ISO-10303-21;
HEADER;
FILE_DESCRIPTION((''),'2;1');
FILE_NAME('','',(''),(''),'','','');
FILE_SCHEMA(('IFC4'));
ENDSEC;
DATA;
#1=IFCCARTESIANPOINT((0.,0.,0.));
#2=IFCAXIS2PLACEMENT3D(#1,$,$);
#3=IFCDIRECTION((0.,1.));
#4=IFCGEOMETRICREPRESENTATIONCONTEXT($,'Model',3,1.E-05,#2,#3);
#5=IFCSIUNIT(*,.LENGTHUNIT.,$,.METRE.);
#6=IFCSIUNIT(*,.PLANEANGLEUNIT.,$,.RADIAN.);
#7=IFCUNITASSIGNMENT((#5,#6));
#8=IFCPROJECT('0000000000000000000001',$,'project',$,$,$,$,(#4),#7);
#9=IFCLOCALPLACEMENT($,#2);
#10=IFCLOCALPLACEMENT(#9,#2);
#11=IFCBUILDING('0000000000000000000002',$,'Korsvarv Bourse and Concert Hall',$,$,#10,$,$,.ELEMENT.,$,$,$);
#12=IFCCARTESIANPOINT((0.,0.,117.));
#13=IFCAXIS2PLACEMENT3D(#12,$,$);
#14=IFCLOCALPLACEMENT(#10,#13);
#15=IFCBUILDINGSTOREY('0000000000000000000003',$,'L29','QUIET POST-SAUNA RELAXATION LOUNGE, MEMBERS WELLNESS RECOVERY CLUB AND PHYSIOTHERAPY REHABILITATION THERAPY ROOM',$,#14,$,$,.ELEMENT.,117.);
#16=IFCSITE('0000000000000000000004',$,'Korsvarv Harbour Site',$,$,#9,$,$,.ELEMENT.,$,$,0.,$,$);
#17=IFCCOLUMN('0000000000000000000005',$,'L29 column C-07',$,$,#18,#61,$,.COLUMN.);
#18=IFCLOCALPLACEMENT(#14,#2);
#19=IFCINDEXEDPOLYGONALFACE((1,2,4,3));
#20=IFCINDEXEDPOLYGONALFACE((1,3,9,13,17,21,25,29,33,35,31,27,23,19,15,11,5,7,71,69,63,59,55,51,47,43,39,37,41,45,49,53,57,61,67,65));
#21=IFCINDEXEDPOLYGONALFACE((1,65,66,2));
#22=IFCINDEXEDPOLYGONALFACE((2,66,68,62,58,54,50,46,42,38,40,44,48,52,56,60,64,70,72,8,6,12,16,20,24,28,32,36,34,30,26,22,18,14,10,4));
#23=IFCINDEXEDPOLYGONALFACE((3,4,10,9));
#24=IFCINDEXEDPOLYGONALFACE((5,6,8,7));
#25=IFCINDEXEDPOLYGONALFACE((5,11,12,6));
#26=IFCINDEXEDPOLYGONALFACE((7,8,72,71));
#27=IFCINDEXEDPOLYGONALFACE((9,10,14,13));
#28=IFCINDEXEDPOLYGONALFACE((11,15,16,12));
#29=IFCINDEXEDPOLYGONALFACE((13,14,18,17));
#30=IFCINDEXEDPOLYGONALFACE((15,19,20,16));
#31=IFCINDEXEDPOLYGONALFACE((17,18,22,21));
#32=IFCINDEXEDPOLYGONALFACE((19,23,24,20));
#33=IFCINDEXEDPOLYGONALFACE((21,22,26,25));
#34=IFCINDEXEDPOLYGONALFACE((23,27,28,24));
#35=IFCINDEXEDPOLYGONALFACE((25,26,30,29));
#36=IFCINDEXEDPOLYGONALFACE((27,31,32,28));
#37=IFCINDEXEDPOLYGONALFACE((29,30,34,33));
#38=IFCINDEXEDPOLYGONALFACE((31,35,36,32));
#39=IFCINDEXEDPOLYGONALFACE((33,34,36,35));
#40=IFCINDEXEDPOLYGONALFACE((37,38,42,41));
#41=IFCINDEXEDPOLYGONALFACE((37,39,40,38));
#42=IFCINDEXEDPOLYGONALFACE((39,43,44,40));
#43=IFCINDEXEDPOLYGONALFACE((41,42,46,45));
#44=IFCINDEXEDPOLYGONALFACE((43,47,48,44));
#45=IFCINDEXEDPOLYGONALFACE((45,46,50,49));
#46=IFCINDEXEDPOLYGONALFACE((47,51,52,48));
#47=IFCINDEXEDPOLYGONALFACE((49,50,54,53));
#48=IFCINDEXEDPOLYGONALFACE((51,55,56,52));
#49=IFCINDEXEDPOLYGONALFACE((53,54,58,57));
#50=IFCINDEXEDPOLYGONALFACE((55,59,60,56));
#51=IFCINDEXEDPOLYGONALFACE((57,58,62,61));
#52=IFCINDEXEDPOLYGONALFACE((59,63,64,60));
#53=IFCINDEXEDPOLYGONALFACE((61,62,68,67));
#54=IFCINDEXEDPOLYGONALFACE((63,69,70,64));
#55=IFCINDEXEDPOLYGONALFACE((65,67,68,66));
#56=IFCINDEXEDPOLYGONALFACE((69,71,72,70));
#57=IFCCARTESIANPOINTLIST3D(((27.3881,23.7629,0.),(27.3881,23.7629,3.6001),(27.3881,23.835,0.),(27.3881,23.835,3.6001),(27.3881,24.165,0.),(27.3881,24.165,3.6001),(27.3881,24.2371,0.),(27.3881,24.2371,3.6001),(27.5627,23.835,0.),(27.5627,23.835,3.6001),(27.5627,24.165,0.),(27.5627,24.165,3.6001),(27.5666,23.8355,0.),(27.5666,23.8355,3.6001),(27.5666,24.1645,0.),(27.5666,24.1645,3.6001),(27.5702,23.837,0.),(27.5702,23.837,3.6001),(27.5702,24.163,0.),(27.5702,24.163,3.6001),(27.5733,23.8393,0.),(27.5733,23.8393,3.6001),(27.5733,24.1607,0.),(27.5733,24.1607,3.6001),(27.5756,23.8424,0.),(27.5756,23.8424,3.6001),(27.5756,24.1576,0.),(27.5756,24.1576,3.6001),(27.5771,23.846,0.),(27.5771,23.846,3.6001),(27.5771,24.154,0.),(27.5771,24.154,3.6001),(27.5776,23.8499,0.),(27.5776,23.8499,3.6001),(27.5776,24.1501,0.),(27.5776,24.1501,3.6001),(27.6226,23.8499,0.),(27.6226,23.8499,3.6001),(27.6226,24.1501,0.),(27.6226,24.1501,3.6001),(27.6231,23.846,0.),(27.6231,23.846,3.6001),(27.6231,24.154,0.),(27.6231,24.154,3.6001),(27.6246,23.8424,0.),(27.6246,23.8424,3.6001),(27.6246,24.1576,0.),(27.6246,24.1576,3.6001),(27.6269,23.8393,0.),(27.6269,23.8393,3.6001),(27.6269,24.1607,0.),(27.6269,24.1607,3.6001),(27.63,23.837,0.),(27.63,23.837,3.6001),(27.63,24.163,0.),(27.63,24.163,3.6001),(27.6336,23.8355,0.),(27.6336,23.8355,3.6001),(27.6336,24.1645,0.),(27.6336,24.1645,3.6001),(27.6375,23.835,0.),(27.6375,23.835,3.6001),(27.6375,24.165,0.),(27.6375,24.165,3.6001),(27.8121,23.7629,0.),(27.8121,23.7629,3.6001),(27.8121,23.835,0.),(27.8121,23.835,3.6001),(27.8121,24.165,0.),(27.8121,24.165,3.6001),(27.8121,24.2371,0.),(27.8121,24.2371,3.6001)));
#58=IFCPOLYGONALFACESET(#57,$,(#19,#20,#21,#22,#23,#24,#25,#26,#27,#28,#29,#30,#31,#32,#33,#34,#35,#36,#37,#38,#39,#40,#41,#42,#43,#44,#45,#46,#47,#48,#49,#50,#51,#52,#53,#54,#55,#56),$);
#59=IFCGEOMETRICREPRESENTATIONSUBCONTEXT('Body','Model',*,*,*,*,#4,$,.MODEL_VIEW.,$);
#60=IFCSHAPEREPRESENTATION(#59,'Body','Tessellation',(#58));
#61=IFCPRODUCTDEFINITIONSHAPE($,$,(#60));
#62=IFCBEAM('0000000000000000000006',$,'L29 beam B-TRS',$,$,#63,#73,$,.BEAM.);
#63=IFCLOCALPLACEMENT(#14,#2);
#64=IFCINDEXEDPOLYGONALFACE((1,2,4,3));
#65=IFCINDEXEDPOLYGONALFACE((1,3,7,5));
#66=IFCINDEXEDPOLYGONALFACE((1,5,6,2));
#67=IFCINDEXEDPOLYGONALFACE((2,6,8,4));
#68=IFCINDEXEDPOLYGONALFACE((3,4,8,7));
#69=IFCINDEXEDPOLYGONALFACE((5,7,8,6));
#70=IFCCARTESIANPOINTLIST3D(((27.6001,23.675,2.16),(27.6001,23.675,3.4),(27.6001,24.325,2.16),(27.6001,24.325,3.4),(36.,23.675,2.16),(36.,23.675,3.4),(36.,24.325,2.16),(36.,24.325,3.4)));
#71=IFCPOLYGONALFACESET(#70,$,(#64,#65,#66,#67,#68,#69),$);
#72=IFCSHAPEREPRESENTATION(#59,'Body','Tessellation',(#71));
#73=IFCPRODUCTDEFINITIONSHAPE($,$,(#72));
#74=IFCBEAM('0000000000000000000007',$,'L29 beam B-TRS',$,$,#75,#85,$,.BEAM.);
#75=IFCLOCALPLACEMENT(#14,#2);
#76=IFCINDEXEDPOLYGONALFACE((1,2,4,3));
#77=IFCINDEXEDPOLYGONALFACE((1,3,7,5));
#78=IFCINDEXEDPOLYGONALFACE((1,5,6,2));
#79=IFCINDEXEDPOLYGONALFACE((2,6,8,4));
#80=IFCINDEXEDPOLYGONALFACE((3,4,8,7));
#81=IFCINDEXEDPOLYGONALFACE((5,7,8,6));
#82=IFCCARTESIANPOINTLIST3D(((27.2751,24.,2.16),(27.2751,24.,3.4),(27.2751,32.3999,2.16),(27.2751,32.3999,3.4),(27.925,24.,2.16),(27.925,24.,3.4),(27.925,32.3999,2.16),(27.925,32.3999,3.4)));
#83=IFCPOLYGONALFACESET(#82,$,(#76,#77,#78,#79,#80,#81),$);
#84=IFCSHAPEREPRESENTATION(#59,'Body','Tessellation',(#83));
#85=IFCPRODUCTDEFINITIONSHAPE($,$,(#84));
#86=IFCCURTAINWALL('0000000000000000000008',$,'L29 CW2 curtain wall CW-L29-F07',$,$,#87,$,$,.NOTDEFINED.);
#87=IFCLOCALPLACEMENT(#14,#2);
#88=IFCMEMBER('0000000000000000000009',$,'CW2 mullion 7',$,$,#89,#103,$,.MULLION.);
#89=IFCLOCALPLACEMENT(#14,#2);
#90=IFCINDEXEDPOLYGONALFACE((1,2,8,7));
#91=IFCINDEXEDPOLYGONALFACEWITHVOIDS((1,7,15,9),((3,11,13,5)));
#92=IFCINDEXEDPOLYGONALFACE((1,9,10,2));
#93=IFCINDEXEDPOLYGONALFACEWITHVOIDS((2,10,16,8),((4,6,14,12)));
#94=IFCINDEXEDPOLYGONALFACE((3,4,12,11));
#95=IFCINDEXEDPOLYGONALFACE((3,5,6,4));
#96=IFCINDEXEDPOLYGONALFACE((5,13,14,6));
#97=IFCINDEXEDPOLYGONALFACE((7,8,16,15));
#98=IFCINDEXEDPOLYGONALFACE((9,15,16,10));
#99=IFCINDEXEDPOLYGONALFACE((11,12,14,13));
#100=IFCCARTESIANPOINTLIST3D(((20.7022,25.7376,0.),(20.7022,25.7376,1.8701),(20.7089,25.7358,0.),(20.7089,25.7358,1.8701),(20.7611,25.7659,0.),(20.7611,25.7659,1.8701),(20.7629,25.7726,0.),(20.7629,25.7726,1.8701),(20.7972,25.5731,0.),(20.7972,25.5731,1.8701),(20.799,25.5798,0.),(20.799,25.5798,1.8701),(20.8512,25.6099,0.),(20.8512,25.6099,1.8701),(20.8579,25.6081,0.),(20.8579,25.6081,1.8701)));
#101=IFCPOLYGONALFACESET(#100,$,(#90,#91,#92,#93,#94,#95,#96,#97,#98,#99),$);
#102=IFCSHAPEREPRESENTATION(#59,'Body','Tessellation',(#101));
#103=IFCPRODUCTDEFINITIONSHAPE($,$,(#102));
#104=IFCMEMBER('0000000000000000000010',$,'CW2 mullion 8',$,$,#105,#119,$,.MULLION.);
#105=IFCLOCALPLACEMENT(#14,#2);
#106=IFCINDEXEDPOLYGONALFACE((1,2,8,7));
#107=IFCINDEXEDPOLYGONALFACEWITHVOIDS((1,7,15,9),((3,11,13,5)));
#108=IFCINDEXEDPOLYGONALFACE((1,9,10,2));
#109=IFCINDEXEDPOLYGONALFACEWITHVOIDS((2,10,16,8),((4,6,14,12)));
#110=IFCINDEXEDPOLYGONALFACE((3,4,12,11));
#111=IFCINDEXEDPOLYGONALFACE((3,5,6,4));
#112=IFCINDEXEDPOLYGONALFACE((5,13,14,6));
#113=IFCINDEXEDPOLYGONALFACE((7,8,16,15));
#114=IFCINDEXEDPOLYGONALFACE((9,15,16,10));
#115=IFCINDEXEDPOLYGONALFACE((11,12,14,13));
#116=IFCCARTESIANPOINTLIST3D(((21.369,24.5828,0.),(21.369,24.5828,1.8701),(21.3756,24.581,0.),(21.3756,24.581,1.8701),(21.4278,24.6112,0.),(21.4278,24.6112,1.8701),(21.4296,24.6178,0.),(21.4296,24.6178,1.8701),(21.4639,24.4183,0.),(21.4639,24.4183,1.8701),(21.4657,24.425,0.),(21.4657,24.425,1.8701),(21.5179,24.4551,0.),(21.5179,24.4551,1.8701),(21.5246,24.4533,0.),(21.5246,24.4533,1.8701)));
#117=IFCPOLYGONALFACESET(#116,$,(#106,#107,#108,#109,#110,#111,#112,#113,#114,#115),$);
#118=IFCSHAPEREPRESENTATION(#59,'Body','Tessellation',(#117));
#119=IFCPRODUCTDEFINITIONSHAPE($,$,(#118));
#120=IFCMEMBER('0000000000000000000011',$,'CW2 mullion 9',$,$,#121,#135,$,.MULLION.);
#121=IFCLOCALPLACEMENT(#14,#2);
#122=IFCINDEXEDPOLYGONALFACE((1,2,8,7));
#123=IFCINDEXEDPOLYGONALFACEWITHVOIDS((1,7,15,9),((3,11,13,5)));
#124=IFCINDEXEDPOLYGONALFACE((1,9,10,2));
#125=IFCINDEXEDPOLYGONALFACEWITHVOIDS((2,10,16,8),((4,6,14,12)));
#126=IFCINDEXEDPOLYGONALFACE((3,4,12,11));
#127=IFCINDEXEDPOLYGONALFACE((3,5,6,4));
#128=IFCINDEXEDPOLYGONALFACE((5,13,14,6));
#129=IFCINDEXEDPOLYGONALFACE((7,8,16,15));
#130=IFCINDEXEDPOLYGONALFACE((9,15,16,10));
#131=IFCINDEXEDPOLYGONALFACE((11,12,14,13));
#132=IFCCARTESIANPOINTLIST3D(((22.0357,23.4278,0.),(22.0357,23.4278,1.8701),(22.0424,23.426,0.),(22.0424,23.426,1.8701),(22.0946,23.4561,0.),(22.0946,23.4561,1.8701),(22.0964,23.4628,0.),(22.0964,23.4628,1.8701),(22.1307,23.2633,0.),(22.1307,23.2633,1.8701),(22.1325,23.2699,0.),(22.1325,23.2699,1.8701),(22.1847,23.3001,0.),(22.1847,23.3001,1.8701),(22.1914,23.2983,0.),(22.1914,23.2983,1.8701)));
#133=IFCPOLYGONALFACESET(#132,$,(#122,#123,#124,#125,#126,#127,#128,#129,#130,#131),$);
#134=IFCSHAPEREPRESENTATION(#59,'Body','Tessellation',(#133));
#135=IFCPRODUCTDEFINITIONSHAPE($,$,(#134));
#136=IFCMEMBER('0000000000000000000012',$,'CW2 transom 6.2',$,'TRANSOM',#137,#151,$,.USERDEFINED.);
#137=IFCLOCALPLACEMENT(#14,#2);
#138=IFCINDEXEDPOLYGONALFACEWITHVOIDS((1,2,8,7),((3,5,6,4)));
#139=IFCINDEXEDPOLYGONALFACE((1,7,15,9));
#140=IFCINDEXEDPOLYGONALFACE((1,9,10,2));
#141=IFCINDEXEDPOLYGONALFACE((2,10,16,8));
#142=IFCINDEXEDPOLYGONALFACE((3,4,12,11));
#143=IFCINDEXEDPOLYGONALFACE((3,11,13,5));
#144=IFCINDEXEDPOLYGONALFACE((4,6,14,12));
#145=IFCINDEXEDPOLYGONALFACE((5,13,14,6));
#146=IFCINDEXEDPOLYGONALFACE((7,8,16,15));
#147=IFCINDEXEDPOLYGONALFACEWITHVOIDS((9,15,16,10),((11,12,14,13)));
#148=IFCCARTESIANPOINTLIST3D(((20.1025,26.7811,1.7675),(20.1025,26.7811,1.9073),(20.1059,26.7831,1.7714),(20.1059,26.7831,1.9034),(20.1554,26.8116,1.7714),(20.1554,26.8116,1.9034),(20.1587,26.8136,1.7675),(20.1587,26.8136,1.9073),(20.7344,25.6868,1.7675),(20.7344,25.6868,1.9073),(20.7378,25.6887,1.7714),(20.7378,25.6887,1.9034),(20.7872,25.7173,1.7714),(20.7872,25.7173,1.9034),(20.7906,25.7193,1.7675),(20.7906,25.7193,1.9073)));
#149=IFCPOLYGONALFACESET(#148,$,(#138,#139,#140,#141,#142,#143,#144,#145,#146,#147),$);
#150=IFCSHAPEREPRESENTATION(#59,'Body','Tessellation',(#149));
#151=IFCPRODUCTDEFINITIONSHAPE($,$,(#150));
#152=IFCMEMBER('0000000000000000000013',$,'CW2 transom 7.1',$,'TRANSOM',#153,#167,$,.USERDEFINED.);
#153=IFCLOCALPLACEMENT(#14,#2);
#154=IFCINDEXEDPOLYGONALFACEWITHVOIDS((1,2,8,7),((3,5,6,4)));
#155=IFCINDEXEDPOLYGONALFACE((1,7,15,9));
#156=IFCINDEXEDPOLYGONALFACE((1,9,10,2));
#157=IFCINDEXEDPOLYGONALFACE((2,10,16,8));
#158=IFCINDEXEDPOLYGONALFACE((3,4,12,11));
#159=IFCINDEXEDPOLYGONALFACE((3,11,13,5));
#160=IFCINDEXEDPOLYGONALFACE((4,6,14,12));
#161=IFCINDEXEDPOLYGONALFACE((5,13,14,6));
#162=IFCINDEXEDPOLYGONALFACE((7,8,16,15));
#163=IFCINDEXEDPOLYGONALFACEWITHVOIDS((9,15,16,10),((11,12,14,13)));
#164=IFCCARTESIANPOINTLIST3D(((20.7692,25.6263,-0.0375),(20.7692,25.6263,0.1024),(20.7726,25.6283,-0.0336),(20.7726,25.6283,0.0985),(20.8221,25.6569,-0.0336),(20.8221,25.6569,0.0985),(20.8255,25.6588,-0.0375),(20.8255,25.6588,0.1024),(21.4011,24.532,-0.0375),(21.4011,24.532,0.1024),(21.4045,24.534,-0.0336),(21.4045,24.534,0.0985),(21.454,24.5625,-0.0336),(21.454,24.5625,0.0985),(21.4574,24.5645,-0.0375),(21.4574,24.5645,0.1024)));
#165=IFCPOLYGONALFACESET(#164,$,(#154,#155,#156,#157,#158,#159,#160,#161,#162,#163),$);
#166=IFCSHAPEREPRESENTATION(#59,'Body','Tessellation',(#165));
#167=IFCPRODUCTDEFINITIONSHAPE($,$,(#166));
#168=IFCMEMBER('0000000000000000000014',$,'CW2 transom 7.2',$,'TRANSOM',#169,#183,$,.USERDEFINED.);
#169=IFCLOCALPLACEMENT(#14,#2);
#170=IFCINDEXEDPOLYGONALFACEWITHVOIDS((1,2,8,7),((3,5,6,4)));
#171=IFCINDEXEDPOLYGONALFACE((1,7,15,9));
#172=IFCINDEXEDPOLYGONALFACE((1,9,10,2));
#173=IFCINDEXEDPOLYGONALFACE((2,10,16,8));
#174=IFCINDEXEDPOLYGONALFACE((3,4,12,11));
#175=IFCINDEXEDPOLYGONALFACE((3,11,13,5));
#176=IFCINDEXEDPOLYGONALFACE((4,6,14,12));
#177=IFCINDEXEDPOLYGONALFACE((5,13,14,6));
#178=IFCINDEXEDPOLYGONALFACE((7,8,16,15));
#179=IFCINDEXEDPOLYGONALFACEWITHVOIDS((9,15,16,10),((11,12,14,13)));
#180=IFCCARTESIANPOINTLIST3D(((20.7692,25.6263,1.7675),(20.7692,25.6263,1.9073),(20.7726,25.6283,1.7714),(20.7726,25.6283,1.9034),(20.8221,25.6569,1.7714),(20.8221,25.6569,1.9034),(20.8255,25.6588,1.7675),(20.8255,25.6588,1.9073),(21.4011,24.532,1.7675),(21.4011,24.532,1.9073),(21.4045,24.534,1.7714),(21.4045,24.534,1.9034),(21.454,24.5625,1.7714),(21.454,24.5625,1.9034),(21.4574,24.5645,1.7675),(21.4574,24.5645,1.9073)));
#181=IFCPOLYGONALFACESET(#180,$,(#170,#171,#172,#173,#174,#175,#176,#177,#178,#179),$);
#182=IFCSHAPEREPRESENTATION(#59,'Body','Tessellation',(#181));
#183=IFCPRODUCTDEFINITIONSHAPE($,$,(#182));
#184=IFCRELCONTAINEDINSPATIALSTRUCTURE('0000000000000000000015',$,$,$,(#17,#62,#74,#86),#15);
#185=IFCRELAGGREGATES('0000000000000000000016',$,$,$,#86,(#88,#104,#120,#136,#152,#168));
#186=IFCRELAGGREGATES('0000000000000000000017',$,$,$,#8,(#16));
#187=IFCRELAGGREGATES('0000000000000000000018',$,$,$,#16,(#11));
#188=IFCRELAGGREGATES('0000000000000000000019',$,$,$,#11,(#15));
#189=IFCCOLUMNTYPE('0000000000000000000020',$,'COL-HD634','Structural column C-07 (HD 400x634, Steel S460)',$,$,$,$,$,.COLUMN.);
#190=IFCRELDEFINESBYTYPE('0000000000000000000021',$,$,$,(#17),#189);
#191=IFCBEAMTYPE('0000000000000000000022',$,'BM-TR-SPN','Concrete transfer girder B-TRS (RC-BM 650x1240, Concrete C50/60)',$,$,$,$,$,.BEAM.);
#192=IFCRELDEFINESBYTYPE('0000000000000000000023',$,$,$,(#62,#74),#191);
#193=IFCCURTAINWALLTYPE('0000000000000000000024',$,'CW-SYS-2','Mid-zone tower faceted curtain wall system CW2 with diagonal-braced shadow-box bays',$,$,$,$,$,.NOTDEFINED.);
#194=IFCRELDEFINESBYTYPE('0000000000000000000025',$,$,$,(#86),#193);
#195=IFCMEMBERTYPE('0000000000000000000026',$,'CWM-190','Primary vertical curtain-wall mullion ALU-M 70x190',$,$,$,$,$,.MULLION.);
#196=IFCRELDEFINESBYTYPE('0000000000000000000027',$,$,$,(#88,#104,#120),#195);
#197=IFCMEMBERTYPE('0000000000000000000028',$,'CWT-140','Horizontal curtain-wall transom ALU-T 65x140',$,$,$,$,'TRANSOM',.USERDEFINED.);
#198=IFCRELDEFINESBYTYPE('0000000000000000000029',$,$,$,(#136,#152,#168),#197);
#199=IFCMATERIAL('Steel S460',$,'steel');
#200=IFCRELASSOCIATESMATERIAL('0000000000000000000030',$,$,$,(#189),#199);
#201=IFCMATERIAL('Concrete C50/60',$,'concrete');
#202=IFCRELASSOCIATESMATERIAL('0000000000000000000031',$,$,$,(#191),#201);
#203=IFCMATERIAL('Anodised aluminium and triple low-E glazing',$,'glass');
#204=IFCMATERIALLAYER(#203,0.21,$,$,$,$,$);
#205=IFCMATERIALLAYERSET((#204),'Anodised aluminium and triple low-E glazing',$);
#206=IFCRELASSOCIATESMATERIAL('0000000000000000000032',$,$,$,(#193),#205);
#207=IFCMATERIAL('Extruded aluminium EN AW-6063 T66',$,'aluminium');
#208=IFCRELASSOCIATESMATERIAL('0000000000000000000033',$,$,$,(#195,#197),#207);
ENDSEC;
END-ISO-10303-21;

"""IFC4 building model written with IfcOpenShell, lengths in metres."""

from ifc_helpers import new_model, si_unit, direction, frame, origin, origin_2d, place, context, subcontext, project, spatial, rectangle, hollow_rectangle, i_section, extrude, source, transform, mapped, material, layer, layer_set, material_profile, profile_set, type_object, element, aggregate, save


model = new_model("IFC4")

# Units and contexts
model_context = context("Model", 3, precision=1e-05, world=origin(), true_north=direction((0.0, 1.0)))
body_context = subcontext(model_context, "Body", "Model", "MODEL_VIEW")
ifc_project = project(units=[si_unit("LENGTHUNIT", "METRE"), si_unit("PLANEANGLEUNIT", "RADIAN")], contexts=[model_context])

# Site, building, storey
site_placement = place(None, origin())
site = spatial("IfcSite", under=ifc_project, at=site_placement, Name="Korsvarv Harbour Site", CompositionType="ELEMENT", RefElevation=0.0)
building_placement = place(site_placement, origin())
building = spatial("IfcBuilding", under=site, at=building_placement, Name="Korsvarv Bourse and Concert Hall", CompositionType="ELEMENT")
storey_placement = place(building_placement, frame((0.0, 0.0, 117.0)))
storey = spatial("IfcBuildingStorey", under=building, at=storey_placement, Name="L29", Description="QUIET POST-SAUNA RELAXATION LOUNGE, MEMBERS WELLNESS RECOVERY CLUB AND PHYSIOTHERAPY REHABILITATION THERAPY ROOM", CompositionType="ELEMENT", Elevation=117.0)

# Column
ifc_material_1 = material(Name="Steel S460", Category="steel")
ifc_material_profile_1 = material_profile(ifc_material_1, i_section(OverallWidth=0.4241, OverallDepth=0.4741, WebThickness=0.0449, FlangeThickness=0.072, FilletRadius=0.0149, at=origin_2d()), Name="HD 400x634")
ifc_profile_set_1 = profile_set([ifc_material_profile_1], Name="Steel S460")
column_type = type_object("IfcColumnType", Name="COL-HD634", Description="Structural column C-07 (HD 400x634, Steel S460)", PredefinedType="COLUMN", material=ifc_profile_set_1)
shared_shape_1 = source(origin(), body_context, "Body", "SweptSolid", [
    extrude(i_section(OverallWidth=0.4241, OverallDepth=0.4741, WebThickness=0.0449, FlangeThickness=0.072, FilletRadius=0.0149, at=origin_2d()), origin(), (0.0, 0.0, 1.0), 3.6001),
])
column_placement = place(storey_placement, frame((27.6001, 24.0, 0.0), z_axis=(0.0, 0.0, 1.0), x_axis=(1.0, 0.0, 0.0)))
element("IfcColumn", 1, at=column_placement, inside=storey, type_object=column_type, Name="L29 column C-07", PredefinedType="COLUMN", context=body_context, shape_type="MappedRepresentation", body=[
    mapped(shared_shape_1, transform((0.0, 0.0, 0.0), scale=1.0)),
])

# Beams
ifc_material_2 = material(Name="Concrete C50/60", Category="concrete")
ifc_material_profile_2 = material_profile(ifc_material_2, rectangle(XDim=0.6499, YDim=1.24, at=origin_2d()), Name="RC-BM 650x1240")
ifc_profile_set_2 = profile_set([ifc_material_profile_2], Name="Concrete C50/60")
beam_type = type_object("IfcBeamType", Name="BM-TR-SPN", Description="Concrete transfer girder B-TRS (RC-BM 650x1240, Concrete C50/60)", PredefinedType="BEAM", material=ifc_profile_set_2)
shared_shape_2 = source(origin(), body_context, "Body", "SweptSolid", [
    extrude(rectangle(XDim=0.6499, YDim=1.24, at=origin_2d()), origin(), (0.0, 0.0, 1.0), 8.3999),
])
for number, where, z_axis, x_axis, name in (
    (2, (27.6001, 24.0, 2.78), (1.0, 0.0, 0.0), (0.0, 1.0, 0.0), "L29 beam B-TRS"),
    (3, (27.6001, 24.0, 2.78), (0.0, 1.0, 0.0), (-1.0, 0.0, 0.0), "L29 beam B-TRS"),
):
    element("IfcBeam", number, at=place(storey_placement, frame(where, z_axis=z_axis, x_axis=x_axis)), inside=storey, type_object=beam_type, Name=name, PredefinedType="BEAM", context=body_context, shape_type="MappedRepresentation", body=[
        mapped(shared_shape_2, transform((0.0, 0.0, 0.0), scale=1.0)),
    ])

# Curtain wall, members
ifc_material_3 = material(Name="Anodised aluminium and triple low-E glazing", Category="glass")
ifc_layer_1 = layer(ifc_material_3, 0.21)
ifc_layer_set_1 = layer_set([ifc_layer_1], Name="Anodised aluminium and triple low-E glazing")
curtain_wall_type = type_object("IfcCurtainWallType", Name="CW-SYS-2", Description="Mid-zone tower faceted curtain wall system CW2 with diagonal-braced shadow-box bays", PredefinedType="NOTDEFINED", material=ifc_layer_set_1)
curtain_wall_placement = place(storey_placement, origin())
curtain_wall = element("IfcCurtainWall", 4, at=curtain_wall_placement, inside=storey, type_object=curtain_wall_type, Name="L29 CW2 curtain wall CW-L29-F07", PredefinedType="NOTDEFINED")
ifc_material_4 = material(Name="Extruded aluminium EN AW-6063 T66", Category="aluminium")
ifc_material_profile_3 = material_profile(ifc_material_4, hollow_rectangle(XDim=0.0701, YDim=0.1899, WallThickness=0.0049, at=origin_2d()), Name="ALU-M 70x190")
ifc_profile_set_3 = profile_set([ifc_material_profile_3], Name="Extruded aluminium EN AW-6063 T66")
member_type_1 = type_object("IfcMemberType", Name="CWM-190", Description="Primary vertical curtain-wall mullion ALU-M 70x190", PredefinedType="MULLION", material=ifc_profile_set_3)
shared_shape_3 = source(origin(), body_context, "Body", "SweptSolid", [
    extrude(hollow_rectangle(XDim=0.0701, YDim=0.1899, WallThickness=0.0049, at=origin_2d()), origin(), (0.0, 0.0, 1.0), 1.8701),
])
member_1_placement = place(storey_placement, frame((20.78, 25.6729, 0.0), z_axis=(0.0, 0.0, 1.0), x_axis=(0.866022, 0.500006, 0.0)))
member_1 = element("IfcMember", 5, at=member_1_placement, type_object=member_type_1, Name="CW2 mullion 7", PredefinedType="MULLION", context=body_context, shape_type="MappedRepresentation", body=[
    mapped(shared_shape_3, transform((0.0, 0.0, 0.0), scale=1.0)),
])
member_2_placement = place(storey_placement, frame((21.4468, 24.5181, 0.0), z_axis=(0.0, 0.0, 1.0), x_axis=(0.866022, 0.500006, 0.0)))
member_2 = element("IfcMember", 6, at=member_2_placement, type_object=member_type_1, Name="CW2 mullion 8", PredefinedType="MULLION", context=body_context, shape_type="MappedRepresentation", body=[
    mapped(shared_shape_3, transform((0.0, 0.0, 0.0), scale=1.0)),
])
member_3_placement = place(storey_placement, frame((22.1135, 23.363, 0.0), z_axis=(0.0, 0.0, 1.0), x_axis=(0.866022, 0.500006, 0.0)))
member_3 = element("IfcMember", 7, at=member_3_placement, type_object=member_type_1, Name="CW2 mullion 9", PredefinedType="MULLION", context=body_context, shape_type="MappedRepresentation", body=[
    mapped(shared_shape_3, transform((0.0, 0.0, 0.0), scale=1.0)),
])
ifc_material_profile_4 = material_profile(ifc_material_4, hollow_rectangle(XDim=0.0649, YDim=0.1399, WallThickness=0.0039, at=origin_2d()), Name="ALU-T 65x140")
ifc_profile_set_4 = profile_set([ifc_material_profile_4], Name="Extruded aluminium EN AW-6063 T66")
member_type_2 = type_object("IfcMemberType", Name="CWT-140", Description="Horizontal curtain-wall transom ALU-T 65x140", ElementType="TRANSOM", PredefinedType="USERDEFINED", material=ifc_profile_set_4)
shared_shape_4 = source(origin(), body_context, "Body", "SweptSolid", [
    extrude(hollow_rectangle(XDim=0.0649, YDim=0.1399, WallThickness=0.0039, at=origin_2d()), origin(), (0.0, 0.0, 1.0), 1.2637),
])
member_4_placement = place(storey_placement, frame((20.1306, 26.7974, 1.8374), z_axis=(0.500046, -0.865999, 0.0), x_axis=(0.865999, 0.500046, 0.0)))
member_4 = element("IfcMember", 8, at=member_4_placement, type_object=member_type_2, Name="CW2 transom 6.2", ObjectType="TRANSOM", PredefinedType="USERDEFINED", context=body_context, shape_type="MappedRepresentation", body=[
    mapped(shared_shape_4, transform((0.0, 0.0, 0.0), scale=1.0)),
])
member_5_placement = place(storey_placement, frame((20.7974, 25.6426, 0.0325), z_axis=(0.500046, -0.865999, 0.0), x_axis=(0.865999, 0.500046, 0.0)))
member_5 = element("IfcMember", 9, at=member_5_placement, type_object=member_type_2, Name="CW2 transom 7.1", ObjectType="TRANSOM", PredefinedType="USERDEFINED", context=body_context, shape_type="MappedRepresentation", body=[
    mapped(shared_shape_4, transform((0.0, 0.0, 0.0), scale=1.0)),
])
member_6_placement = place(storey_placement, frame((20.7974, 25.6426, 1.8374), z_axis=(0.500046, -0.865999, 0.0), x_axis=(0.865999, 0.500046, 0.0)))
member_6 = element("IfcMember", 10, at=member_6_placement, type_object=member_type_2, Name="CW2 transom 7.2", ObjectType="TRANSOM", PredefinedType="USERDEFINED", context=body_context, shape_type="MappedRepresentation", body=[
    mapped(shared_shape_4, transform((0.0, 0.0, 0.0), scale=1.0)),
])
aggregate(curtain_wall, [member_1, member_2, member_3, member_4, member_5, member_6])

save(model, "model.ifc")
